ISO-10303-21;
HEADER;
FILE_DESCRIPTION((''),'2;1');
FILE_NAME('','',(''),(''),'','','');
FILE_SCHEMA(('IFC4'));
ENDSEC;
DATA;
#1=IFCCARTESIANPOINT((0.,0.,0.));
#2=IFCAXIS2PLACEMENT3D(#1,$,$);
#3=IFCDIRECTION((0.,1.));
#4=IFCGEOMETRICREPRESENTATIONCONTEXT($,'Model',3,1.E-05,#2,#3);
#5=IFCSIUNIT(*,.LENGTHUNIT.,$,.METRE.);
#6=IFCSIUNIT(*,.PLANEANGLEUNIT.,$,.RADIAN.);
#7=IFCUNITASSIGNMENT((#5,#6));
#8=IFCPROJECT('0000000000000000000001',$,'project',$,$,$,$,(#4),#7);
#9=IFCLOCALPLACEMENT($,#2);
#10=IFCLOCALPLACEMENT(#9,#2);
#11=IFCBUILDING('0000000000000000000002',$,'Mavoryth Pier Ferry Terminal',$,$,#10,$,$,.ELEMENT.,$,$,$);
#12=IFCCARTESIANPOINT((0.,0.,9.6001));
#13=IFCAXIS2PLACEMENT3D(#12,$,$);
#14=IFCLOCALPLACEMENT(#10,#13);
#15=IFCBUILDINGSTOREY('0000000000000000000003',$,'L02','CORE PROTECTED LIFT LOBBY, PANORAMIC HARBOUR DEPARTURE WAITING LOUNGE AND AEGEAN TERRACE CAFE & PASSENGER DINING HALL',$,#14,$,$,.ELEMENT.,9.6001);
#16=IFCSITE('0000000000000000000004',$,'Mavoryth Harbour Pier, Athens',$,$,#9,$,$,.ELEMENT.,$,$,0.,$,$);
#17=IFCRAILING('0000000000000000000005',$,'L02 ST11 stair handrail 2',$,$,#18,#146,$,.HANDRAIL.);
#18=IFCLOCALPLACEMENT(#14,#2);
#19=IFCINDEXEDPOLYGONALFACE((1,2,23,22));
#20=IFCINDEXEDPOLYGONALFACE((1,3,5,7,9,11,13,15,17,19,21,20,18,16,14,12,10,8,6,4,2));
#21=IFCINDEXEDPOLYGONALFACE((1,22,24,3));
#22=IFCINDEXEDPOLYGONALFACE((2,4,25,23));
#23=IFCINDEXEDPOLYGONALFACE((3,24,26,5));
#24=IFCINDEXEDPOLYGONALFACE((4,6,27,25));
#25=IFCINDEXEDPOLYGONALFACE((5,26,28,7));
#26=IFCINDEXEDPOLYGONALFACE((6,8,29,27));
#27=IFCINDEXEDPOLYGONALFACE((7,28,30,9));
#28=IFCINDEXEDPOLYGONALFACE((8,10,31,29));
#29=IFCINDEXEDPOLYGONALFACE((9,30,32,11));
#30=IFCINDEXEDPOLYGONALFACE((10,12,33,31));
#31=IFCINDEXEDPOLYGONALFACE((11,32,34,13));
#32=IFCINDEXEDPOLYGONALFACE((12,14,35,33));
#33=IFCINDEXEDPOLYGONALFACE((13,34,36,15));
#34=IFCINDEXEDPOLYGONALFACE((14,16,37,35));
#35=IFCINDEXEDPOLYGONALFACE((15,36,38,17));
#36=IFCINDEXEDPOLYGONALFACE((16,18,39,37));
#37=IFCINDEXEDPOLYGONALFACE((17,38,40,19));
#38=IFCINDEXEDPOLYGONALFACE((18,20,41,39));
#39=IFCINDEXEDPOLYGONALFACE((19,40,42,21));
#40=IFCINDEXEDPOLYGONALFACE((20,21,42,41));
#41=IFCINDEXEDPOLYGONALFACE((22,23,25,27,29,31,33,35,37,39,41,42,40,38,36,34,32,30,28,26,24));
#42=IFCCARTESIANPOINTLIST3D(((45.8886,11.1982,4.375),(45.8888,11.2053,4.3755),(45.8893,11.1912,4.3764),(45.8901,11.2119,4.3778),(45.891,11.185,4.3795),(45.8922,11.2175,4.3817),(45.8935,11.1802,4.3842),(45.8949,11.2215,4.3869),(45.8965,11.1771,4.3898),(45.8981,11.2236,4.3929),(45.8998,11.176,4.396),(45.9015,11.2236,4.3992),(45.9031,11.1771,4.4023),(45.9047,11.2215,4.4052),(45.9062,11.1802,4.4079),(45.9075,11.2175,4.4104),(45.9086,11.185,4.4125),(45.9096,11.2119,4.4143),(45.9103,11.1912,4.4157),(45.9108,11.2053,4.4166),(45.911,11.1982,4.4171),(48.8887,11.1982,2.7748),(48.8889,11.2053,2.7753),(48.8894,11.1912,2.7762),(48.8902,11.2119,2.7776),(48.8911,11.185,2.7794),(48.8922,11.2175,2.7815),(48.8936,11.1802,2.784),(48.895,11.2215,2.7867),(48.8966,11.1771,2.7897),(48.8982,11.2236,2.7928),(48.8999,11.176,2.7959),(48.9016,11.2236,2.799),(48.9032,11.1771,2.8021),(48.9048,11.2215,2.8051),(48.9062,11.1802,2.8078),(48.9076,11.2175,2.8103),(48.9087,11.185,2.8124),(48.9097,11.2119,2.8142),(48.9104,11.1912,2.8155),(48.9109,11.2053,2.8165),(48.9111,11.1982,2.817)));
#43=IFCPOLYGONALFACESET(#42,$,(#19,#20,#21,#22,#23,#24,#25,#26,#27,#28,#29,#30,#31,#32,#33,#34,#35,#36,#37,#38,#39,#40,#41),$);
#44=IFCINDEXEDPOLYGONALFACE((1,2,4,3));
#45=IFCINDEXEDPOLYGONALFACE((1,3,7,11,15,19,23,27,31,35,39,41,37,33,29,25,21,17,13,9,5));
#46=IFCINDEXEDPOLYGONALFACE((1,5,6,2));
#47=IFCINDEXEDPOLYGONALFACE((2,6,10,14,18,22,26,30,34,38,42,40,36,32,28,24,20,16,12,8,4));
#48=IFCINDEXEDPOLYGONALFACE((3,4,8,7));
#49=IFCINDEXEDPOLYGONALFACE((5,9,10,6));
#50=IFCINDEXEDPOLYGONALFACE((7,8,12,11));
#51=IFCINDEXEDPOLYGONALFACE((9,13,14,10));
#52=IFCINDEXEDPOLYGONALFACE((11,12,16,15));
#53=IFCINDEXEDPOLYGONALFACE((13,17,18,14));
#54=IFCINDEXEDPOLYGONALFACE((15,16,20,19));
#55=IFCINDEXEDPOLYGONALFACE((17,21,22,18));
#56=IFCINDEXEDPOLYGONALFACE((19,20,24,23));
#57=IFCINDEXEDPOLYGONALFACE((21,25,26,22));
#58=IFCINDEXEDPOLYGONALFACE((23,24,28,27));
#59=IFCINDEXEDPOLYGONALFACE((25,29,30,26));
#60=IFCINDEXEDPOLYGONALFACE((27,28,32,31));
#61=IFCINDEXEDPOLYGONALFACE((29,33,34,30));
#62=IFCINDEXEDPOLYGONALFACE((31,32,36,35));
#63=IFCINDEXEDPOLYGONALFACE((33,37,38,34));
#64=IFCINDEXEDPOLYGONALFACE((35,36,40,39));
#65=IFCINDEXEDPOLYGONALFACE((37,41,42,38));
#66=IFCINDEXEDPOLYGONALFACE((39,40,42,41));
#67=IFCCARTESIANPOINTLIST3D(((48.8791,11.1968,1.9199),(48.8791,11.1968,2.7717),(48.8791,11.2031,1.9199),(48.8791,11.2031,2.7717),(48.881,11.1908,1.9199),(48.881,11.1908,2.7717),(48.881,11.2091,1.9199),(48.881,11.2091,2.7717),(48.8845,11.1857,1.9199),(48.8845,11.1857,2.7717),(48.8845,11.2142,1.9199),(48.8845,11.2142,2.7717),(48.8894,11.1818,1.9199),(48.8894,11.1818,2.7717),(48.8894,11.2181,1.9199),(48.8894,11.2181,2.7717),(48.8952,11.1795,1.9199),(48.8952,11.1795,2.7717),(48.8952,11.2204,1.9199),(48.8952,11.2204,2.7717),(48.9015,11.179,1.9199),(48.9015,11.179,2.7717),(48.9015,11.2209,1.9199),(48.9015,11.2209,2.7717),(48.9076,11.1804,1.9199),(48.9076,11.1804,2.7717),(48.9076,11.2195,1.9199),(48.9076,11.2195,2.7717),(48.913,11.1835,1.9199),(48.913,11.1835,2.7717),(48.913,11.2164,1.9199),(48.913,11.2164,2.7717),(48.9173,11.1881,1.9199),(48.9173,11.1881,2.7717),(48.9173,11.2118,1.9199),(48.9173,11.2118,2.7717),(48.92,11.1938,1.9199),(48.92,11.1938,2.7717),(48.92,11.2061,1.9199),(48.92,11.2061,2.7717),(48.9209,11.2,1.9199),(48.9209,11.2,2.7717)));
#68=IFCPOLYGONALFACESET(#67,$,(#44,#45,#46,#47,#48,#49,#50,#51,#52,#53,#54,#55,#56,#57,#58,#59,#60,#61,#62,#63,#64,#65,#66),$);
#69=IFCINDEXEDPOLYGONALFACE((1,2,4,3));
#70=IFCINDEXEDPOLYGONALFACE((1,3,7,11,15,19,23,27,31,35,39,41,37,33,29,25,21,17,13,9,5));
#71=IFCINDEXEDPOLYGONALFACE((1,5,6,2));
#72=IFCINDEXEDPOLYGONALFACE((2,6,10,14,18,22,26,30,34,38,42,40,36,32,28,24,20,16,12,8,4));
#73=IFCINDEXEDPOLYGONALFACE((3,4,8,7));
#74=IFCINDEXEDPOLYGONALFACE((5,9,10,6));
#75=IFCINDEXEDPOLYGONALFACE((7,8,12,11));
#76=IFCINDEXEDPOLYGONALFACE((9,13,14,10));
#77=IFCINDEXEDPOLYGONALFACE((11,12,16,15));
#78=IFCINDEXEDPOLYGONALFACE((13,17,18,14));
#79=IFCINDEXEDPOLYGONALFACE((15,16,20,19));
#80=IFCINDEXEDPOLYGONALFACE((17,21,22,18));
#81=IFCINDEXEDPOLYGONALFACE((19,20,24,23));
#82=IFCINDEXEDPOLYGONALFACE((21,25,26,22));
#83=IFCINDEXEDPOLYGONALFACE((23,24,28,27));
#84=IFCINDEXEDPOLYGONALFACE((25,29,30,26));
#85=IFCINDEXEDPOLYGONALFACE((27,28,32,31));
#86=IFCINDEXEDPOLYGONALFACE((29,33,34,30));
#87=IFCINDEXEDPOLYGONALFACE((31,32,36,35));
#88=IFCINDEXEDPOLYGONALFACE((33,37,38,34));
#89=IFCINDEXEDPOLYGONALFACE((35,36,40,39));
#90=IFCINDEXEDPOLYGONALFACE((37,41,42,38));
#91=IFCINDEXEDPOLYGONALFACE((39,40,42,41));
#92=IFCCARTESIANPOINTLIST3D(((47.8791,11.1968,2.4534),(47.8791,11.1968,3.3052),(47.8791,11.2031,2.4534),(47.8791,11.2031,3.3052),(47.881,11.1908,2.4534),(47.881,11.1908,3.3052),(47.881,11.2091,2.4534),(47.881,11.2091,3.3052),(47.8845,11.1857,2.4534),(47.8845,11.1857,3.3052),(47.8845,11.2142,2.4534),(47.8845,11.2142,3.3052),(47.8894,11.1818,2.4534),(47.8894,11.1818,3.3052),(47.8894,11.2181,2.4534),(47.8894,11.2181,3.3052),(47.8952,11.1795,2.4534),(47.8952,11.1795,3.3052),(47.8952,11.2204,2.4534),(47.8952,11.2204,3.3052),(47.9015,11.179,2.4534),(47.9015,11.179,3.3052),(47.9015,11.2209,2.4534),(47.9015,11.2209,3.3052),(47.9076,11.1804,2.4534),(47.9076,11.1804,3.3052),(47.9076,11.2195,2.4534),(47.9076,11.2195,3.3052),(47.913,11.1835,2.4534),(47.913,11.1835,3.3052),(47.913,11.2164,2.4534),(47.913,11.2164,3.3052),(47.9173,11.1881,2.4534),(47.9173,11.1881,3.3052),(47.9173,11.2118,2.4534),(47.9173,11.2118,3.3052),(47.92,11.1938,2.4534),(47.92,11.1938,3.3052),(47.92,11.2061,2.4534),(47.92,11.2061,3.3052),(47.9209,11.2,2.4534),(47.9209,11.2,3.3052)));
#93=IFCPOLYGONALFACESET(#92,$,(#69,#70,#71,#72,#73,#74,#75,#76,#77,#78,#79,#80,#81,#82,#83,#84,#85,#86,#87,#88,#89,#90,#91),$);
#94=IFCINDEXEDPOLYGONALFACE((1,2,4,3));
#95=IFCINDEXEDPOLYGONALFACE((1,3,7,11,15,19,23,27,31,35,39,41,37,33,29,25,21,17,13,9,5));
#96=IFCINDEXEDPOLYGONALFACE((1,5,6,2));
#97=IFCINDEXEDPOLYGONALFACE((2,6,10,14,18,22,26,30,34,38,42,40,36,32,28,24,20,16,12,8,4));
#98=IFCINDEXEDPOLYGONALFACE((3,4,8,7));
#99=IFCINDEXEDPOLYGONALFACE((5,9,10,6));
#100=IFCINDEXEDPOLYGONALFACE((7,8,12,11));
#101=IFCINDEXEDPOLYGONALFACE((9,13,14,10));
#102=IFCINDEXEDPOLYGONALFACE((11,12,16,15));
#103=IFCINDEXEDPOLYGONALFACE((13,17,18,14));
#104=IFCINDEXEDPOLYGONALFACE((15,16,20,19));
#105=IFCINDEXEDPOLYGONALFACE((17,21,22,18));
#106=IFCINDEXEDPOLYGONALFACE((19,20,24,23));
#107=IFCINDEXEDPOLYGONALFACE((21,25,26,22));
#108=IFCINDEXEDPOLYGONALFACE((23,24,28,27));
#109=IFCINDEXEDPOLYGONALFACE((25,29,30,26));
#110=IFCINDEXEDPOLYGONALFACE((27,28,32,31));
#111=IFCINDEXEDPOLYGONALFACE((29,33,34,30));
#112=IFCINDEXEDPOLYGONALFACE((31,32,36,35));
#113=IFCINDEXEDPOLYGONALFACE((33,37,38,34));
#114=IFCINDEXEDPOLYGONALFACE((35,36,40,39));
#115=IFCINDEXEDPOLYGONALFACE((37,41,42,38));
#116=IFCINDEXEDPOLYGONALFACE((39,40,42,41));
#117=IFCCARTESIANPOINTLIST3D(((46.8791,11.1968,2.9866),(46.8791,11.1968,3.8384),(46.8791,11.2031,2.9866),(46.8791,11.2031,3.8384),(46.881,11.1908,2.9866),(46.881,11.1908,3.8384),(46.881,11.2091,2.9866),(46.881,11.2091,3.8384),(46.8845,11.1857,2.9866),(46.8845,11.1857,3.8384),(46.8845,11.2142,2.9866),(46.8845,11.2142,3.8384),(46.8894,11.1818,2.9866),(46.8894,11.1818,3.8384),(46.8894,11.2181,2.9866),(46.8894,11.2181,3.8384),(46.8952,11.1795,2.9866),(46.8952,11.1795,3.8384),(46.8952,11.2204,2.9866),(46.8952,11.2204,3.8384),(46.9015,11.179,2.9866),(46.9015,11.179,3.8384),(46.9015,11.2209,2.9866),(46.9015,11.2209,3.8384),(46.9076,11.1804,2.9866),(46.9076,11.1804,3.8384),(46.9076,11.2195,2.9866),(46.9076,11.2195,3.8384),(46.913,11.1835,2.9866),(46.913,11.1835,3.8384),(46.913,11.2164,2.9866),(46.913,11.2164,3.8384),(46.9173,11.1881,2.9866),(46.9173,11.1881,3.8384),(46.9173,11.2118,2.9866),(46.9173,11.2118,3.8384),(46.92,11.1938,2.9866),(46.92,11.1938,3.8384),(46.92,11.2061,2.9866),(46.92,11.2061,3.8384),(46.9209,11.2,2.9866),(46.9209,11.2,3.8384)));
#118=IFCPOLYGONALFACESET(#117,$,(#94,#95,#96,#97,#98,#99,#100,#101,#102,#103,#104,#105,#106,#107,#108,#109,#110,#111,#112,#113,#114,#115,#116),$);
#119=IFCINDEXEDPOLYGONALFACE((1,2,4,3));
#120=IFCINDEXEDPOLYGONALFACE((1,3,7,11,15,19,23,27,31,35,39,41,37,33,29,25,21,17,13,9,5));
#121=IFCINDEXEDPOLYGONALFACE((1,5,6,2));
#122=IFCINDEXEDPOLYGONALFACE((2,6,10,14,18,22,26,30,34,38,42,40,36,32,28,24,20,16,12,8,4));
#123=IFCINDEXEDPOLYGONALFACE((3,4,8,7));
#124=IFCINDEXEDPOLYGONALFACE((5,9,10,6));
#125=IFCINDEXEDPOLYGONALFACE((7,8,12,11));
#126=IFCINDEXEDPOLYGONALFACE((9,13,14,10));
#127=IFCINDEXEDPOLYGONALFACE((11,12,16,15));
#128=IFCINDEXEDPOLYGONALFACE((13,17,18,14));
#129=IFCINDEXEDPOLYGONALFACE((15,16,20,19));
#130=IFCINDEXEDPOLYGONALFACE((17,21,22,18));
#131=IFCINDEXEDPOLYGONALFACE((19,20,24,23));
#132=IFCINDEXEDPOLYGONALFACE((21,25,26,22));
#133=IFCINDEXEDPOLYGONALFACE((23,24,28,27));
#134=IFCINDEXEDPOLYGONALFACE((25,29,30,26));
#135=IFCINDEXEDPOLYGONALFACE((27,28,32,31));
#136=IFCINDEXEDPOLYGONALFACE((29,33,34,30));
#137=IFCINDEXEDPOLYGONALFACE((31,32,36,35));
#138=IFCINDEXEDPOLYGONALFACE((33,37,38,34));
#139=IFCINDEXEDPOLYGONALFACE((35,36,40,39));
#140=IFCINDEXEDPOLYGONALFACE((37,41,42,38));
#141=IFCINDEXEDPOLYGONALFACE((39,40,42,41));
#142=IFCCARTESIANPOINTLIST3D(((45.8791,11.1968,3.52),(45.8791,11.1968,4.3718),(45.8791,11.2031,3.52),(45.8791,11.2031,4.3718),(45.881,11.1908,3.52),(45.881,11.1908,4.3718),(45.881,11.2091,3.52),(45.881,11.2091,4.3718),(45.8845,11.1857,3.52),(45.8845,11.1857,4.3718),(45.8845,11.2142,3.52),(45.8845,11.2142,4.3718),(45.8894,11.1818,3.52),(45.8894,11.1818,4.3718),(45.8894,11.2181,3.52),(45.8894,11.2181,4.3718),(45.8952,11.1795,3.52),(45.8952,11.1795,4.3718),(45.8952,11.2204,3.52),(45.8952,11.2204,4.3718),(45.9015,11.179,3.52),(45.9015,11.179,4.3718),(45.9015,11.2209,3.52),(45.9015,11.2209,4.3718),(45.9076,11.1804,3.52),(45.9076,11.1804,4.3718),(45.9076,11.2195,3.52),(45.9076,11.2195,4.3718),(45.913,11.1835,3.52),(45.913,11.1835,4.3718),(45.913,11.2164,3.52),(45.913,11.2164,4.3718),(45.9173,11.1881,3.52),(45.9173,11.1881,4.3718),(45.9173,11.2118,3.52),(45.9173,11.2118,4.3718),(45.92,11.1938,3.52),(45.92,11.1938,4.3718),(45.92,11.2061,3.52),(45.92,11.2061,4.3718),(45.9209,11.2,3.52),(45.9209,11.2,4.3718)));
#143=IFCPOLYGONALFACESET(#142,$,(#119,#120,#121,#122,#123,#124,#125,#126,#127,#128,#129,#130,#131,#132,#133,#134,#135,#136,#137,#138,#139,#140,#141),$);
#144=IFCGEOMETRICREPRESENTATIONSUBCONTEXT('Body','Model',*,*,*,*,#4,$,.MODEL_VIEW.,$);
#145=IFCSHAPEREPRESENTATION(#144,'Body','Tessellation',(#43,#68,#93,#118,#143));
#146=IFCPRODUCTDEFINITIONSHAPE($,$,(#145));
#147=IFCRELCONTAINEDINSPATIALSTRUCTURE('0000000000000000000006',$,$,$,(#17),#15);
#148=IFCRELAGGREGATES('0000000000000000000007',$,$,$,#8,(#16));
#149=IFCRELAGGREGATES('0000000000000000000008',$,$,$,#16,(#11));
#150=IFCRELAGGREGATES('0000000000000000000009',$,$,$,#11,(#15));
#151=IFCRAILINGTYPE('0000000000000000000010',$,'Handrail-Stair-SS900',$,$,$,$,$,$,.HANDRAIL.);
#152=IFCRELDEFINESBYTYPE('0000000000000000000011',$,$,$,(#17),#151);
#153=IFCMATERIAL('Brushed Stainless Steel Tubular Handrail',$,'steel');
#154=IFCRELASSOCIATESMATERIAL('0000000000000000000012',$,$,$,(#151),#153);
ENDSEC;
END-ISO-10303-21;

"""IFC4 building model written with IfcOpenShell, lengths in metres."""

from ifc_helpers import new_model, si_unit, direction, frame, origin, origin_2d, place, context, subcontext, project, spatial, circle, extrude, material, type_object, element, save


model = new_model("IFC4")

# Units and contexts
model_context = context("Model", 3, precision=1e-05, world=origin(), true_north=direction((0.0, 1.0)))
body_context = subcontext(model_context, "Body", "Model", "MODEL_VIEW")
ifc_project = project(units=[si_unit("LENGTHUNIT", "METRE"), si_unit("PLANEANGLEUNIT", "RADIAN")], contexts=[model_context])

# Site, building, storey
site_placement = place(None, origin())
site = spatial("IfcSite", under=ifc_project, at=site_placement, Name="Mavoryth Harbour Pier, Athens", CompositionType="ELEMENT", RefElevation=0.0)
building_placement = place(site_placement, origin())
building = spatial("IfcBuilding", under=site, at=building_placement, Name="Mavoryth Pier Ferry Terminal", CompositionType="ELEMENT")
storey_placement = place(building_placement, frame((0.0, 0.0, 9.6001)))
storey = spatial("IfcBuildingStorey", under=building, at=storey_placement, Name="L02", Description="CORE PROTECTED LIFT LOBBY, PANORAMIC HARBOUR DEPARTURE WAITING LOUNGE AND AEGEAN TERRACE CAFE & PASSENGER DINING HALL", CompositionType="ELEMENT", Elevation=9.6001)

# Railing
ifc_material_1 = material(Name="Brushed Stainless Steel Tubular Handrail", Category="steel")
railing_type = type_object("IfcRailingType", Name="Handrail-Stair-SS900", PredefinedType="HANDRAIL", material=ifc_material_1)
railing_placement = place(storey_placement, frame((48.8999, 11.2, 1.9199)))
element("IfcRailing", 1, at=railing_placement, inside=storey, type_object=railing_type, Name="L02 ST11 stair handrail 2", PredefinedType="HANDRAIL", context=body_context, shape_type="SweptSolid", body=[
    extrude(circle(Radius=0.0239, at=origin_2d()), frame((0.0, 0.0, 0.876), z_axis=(-0.882341, 0.0, 0.470611), x_axis=(0.0, -1.0, 0.0)), (0.0, 0.0, 1.0), 3.4001),
    extrude(circle(Radius=0.021, at=origin_2d()), origin(), (0.0, 0.0, 1.0), 0.8518),
    extrude(circle(Radius=0.021, at=origin_2d()), frame((-1.0, 0.0, 0.5334)), (0.0, 0.0, 1.0), 0.8518),
    extrude(circle(Radius=0.021, at=origin_2d()), frame((-2.0, 0.0, 1.0667)), (0.0, 0.0, 1.0), 0.8518),
    extrude(circle(Radius=0.021, at=origin_2d()), frame((-3.0, 0.0, 1.6001)), (0.0, 0.0, 1.0), 0.8518),
])

save(model, "model.ifc")
